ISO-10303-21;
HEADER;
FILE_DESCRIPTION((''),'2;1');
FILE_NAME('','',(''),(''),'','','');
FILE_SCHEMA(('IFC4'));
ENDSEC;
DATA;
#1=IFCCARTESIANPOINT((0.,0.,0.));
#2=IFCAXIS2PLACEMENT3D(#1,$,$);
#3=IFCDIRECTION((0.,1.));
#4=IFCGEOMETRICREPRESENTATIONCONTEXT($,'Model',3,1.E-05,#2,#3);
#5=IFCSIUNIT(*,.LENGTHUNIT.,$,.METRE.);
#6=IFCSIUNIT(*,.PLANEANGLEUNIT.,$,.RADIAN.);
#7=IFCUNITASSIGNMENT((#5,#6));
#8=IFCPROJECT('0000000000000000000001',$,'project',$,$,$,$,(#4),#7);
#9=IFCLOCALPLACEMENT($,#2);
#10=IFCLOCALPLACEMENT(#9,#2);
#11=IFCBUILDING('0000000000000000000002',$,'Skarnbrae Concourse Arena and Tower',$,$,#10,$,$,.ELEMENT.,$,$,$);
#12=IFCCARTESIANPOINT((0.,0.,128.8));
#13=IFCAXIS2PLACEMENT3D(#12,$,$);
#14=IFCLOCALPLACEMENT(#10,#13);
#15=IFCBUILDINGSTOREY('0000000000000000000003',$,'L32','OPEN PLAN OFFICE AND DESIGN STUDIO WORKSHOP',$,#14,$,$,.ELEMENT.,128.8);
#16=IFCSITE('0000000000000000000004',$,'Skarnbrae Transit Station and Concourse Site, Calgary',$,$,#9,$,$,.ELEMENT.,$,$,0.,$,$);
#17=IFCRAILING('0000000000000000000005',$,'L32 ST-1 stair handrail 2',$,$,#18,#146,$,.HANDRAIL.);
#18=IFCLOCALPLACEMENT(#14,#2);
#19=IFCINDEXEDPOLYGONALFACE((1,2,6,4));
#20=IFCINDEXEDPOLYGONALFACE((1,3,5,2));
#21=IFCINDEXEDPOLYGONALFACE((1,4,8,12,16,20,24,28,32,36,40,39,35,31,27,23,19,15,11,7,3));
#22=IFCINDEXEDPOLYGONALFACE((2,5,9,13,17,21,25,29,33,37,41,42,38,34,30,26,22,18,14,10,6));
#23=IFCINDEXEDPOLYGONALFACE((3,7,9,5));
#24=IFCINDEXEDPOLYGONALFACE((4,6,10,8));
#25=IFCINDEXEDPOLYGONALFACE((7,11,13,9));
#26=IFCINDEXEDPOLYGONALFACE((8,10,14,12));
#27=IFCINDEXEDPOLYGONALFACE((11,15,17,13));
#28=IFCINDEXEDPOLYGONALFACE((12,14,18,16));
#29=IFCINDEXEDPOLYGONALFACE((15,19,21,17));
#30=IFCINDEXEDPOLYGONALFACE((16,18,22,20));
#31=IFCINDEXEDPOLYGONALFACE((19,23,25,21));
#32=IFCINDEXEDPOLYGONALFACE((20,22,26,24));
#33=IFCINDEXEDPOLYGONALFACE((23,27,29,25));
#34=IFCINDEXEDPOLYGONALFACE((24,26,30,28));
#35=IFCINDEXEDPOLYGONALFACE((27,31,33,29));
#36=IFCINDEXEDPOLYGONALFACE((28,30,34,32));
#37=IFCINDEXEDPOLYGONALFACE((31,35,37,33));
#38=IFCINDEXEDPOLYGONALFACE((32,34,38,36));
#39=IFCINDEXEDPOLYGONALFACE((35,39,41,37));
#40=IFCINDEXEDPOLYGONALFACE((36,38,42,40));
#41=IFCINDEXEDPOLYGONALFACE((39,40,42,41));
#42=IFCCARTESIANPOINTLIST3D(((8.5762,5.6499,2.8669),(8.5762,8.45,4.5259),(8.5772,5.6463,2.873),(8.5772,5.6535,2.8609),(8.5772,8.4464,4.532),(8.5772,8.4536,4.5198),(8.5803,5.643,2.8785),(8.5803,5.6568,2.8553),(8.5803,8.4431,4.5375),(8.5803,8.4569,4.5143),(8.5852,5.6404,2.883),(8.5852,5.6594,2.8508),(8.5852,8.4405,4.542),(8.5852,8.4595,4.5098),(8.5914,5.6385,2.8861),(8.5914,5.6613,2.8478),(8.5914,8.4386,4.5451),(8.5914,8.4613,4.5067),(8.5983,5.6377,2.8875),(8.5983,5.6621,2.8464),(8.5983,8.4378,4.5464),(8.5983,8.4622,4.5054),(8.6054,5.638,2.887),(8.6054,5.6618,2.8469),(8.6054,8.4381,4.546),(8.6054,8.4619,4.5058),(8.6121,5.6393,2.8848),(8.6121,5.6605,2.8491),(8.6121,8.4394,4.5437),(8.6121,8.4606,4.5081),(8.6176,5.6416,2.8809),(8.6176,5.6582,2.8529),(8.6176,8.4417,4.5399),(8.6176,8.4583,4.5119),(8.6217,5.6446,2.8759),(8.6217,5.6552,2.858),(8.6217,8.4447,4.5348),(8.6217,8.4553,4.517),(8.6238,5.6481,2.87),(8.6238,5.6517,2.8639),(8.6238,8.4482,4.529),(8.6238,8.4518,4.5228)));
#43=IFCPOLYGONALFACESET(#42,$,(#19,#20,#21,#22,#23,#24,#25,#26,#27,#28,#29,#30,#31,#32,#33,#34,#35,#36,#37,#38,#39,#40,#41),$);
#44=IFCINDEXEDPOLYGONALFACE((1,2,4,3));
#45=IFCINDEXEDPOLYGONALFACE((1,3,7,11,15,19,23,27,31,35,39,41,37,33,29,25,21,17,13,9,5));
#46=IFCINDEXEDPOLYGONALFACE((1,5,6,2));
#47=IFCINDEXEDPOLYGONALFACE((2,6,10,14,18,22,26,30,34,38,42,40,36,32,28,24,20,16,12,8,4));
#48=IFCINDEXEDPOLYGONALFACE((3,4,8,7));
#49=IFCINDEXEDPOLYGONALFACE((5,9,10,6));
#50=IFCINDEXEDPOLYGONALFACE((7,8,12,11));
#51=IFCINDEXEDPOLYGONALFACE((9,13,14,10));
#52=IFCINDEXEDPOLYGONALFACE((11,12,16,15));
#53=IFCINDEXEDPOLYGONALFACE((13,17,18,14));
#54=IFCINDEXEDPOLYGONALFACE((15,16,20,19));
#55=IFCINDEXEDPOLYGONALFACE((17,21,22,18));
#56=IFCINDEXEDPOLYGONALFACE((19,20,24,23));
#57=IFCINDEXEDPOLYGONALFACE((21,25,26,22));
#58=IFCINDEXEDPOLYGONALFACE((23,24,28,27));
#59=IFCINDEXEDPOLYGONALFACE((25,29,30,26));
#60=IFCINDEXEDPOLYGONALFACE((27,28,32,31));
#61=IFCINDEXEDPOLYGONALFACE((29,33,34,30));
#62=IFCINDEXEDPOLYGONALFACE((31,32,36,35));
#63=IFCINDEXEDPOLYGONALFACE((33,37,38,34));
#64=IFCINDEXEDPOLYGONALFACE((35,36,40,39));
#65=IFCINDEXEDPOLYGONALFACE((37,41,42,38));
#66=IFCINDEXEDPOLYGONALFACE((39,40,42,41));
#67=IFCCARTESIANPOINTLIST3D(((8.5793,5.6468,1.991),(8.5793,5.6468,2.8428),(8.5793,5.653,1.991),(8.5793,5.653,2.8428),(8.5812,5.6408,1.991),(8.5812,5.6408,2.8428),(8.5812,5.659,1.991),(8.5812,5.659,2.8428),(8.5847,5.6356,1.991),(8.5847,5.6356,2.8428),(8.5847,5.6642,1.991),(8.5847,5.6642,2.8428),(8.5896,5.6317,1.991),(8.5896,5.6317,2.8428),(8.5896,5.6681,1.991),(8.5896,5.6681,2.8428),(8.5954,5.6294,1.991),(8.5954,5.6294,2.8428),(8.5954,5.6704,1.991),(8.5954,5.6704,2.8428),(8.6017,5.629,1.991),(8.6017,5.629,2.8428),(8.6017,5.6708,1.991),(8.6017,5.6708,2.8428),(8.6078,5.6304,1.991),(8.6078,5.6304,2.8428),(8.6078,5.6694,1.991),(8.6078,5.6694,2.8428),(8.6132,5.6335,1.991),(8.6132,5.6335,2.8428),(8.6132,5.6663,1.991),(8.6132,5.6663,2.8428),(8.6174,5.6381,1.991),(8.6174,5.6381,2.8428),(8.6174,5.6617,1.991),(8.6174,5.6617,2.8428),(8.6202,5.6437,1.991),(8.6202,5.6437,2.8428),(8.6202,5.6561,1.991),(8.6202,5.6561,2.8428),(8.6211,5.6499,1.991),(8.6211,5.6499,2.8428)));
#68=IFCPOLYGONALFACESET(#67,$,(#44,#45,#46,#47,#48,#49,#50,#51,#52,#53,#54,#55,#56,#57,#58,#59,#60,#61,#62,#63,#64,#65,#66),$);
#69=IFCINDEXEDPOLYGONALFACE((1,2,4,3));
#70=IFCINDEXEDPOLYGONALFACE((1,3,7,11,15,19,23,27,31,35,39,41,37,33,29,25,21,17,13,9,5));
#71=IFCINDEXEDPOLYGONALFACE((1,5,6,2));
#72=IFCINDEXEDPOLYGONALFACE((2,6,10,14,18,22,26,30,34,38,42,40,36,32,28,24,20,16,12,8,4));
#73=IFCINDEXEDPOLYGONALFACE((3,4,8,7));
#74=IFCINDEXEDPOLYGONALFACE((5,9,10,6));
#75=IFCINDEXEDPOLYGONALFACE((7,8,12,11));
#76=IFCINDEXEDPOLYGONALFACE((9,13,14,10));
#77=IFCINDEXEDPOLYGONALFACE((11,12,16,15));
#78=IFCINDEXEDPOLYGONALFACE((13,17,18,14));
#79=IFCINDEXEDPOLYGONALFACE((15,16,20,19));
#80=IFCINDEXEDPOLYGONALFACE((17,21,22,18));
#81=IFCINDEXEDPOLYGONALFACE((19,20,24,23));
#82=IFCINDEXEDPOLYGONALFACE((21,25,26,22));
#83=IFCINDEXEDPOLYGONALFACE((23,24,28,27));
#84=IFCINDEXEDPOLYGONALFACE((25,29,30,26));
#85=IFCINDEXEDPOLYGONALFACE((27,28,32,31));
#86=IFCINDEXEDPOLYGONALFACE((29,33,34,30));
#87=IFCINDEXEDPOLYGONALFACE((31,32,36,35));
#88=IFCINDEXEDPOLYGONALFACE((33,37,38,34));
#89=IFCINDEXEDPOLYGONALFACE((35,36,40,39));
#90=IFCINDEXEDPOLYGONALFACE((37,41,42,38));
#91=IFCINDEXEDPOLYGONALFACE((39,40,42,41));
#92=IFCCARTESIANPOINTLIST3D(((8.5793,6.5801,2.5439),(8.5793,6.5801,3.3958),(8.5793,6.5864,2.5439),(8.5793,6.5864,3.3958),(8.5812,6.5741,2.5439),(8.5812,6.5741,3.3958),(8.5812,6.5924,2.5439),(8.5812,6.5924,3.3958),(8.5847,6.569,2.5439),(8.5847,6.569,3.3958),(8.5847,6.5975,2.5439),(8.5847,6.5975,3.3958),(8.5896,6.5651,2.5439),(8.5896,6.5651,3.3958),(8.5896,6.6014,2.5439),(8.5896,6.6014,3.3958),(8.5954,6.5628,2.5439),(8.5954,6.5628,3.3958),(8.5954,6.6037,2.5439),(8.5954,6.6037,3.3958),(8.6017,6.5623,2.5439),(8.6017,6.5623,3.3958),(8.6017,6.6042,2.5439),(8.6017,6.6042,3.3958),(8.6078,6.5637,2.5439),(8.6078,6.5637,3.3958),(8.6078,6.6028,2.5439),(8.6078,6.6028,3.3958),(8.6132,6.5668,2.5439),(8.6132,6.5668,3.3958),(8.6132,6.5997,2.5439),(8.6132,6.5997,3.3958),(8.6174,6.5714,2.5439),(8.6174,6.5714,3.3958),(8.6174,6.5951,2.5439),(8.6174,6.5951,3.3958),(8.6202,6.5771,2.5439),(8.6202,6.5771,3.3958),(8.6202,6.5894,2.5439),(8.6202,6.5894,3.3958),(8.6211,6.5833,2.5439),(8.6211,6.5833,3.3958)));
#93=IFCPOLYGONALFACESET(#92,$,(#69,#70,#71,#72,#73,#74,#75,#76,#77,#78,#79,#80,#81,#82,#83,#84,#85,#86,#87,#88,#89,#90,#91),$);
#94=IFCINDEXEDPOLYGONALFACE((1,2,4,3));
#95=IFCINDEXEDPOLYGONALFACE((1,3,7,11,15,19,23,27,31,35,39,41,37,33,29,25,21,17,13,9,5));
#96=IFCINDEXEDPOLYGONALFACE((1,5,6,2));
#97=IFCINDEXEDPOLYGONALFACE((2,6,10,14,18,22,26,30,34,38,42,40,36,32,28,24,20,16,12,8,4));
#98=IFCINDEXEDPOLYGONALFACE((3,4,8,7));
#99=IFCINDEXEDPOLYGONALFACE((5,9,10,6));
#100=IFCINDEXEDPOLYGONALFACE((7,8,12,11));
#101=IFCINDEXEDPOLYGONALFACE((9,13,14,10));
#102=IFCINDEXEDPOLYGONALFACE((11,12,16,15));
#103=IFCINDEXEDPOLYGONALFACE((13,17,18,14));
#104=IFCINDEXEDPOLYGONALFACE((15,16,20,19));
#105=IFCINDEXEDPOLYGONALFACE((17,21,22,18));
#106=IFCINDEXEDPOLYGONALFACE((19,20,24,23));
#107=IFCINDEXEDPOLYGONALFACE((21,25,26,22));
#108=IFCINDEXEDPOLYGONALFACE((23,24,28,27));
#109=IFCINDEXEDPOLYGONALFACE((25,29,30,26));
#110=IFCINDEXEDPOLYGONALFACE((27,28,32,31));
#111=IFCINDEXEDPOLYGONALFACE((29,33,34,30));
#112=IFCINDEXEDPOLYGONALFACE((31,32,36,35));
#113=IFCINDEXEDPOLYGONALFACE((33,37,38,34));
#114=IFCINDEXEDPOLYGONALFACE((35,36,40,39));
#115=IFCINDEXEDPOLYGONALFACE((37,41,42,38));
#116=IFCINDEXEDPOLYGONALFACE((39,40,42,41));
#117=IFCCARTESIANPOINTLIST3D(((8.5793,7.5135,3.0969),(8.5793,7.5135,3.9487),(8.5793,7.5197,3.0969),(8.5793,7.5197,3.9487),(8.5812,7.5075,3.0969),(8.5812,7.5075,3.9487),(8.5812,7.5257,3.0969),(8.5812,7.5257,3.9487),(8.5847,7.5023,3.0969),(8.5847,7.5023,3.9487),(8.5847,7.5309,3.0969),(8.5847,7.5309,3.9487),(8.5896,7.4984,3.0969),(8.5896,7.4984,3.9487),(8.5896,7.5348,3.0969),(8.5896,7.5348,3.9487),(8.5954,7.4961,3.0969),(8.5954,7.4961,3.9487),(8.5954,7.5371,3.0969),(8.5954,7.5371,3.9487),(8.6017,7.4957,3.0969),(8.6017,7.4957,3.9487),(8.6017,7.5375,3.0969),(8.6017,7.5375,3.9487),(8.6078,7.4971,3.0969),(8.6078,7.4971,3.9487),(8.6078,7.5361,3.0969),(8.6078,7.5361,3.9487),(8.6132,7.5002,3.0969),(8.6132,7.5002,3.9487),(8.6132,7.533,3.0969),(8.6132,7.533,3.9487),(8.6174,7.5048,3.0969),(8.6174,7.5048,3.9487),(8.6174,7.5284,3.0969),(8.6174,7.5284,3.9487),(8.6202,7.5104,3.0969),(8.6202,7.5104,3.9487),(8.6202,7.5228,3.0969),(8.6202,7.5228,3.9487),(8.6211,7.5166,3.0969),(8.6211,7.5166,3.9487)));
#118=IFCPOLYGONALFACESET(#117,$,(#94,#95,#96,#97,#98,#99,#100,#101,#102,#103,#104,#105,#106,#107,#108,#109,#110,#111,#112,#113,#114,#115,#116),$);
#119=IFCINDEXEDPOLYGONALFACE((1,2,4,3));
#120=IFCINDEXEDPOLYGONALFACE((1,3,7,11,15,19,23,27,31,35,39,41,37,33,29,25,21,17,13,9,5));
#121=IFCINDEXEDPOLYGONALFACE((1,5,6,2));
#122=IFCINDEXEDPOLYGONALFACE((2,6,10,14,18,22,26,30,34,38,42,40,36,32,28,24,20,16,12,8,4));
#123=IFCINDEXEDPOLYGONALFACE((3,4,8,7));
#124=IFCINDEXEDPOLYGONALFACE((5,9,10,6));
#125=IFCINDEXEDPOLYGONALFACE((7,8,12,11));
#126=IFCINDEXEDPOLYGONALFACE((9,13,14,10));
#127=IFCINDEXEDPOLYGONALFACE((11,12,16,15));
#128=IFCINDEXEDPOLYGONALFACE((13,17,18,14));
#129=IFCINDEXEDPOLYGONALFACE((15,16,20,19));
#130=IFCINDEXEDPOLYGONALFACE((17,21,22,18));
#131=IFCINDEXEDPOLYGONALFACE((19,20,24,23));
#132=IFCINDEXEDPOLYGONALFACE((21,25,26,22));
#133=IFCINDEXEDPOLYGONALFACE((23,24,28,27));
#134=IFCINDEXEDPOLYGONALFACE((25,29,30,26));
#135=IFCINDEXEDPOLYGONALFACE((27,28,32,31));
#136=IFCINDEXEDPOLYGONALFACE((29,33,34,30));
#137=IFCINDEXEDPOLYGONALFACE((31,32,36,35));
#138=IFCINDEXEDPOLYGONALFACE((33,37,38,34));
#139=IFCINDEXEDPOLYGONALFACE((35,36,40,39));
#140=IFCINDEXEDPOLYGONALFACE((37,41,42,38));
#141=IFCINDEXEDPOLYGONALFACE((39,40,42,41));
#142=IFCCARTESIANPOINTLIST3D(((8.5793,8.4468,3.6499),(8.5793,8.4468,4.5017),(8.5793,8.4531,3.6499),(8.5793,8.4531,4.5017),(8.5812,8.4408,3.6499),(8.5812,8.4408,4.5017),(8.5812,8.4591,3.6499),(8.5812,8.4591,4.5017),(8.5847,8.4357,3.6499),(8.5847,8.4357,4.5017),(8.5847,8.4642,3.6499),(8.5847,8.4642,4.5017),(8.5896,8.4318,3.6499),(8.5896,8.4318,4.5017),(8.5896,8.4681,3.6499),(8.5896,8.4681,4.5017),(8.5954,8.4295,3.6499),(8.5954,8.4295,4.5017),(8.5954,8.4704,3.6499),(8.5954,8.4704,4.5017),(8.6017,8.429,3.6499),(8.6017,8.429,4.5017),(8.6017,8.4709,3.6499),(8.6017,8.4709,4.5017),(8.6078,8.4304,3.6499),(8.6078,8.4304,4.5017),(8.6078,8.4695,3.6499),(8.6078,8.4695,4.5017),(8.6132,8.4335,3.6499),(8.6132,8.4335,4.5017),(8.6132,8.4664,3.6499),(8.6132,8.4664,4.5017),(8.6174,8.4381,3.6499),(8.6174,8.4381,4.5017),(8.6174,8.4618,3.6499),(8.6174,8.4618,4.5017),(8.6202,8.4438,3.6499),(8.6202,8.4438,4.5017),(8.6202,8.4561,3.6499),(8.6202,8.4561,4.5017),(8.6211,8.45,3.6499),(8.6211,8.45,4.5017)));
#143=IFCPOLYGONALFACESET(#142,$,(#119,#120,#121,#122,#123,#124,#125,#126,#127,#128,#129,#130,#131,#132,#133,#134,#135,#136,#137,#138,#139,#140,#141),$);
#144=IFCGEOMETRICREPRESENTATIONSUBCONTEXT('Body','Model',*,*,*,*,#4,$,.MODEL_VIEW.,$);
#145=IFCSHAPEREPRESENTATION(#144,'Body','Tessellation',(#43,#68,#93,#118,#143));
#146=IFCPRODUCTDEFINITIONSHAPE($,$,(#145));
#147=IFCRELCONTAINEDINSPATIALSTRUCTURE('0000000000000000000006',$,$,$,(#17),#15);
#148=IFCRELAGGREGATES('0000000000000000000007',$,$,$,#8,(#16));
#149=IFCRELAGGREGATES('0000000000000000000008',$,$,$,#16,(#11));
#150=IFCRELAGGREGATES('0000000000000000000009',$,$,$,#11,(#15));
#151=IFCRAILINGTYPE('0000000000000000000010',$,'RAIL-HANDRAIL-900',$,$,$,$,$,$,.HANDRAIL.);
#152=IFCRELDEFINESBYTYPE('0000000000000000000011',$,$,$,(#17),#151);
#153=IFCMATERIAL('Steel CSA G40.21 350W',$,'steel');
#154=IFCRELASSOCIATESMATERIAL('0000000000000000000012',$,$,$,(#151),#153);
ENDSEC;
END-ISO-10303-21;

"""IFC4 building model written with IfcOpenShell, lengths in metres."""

from ifc_helpers import new_model, si_unit, direction, frame, origin, origin_2d, place, context, subcontext, project, spatial, circle, extrude, material, type_object, element, save


model = new_model("IFC4")

# Units and contexts
model_context = context("Model", 3, precision=1e-05, world=origin(), true_north=direction((0.0, 1.0)))
body_context = subcontext(model_context, "Body", "Model", "MODEL_VIEW")
ifc_project = project(units=[si_unit("LENGTHUNIT", "METRE"), si_unit("PLANEANGLEUNIT", "RADIAN")], contexts=[model_context])

# Site, building, storey
site_placement = place(None, origin())
site = spatial("IfcSite", under=ifc_project, at=site_placement, Name="Skarnbrae Transit Station and Concourse Site, Calgary", CompositionType="ELEMENT", RefElevation=0.0)
building_placement = place(site_placement, origin())
building = spatial("IfcBuilding", under=site, at=building_placement, Name="Skarnbrae Concourse Arena and Tower", CompositionType="ELEMENT")
storey_placement = place(building_placement, frame((0.0, 0.0, 128.8)))
storey = spatial("IfcBuildingStorey", under=building, at=storey_placement, Name="L32", Description="OPEN PLAN OFFICE AND DESIGN STUDIO WORKSHOP", CompositionType="ELEMENT", Elevation=128.8)

# Shared definitions
ifc_material_1 = material(Name="Steel CSA G40.21 350W", Category="steel")

# Railing
railing_type_1 = type_object("IfcRailingType", Name="RAIL-HANDRAIL-900", PredefinedType="HANDRAIL", material=ifc_material_1)
railing_1_placement = place(storey_placement, frame((8.6001, 5.6499, 1.991)))
element("IfcRailing", 1, at=railing_1_placement, inside=storey, type_object=railing_type_1, Name="L32 ST-1 stair handrail 2", PredefinedType="HANDRAIL", context=body_context, shape_type="SweptSolid", body=[
    extrude(circle(Radius=0.0239, at=origin_2d()), frame((0.0, 0.0, 0.876), z_axis=(0.0, 0.860339, 0.509722), x_axis=(-1.0, 0.0, 0.0)), (0.0, 0.0, 1.0), 3.2546),
    extrude(circle(Radius=0.021, at=origin_2d()), origin(), (0.0, 0.0, 1.0), 0.8518),
    extrude(circle(Radius=0.021, at=origin_2d()), frame((0.0, 0.9333, 0.553)), (0.0, 0.0, 1.0), 0.8518),
    extrude(circle(Radius=0.021, at=origin_2d()), frame((0.0, 1.8667, 1.106)), (0.0, 0.0, 1.0), 0.8518),
    extrude(circle(Radius=0.021, at=origin_2d()), frame((0.0, 2.8, 1.6589)), (0.0, 0.0, 1.0), 0.8518),
])

save(model, "model.ifc")
